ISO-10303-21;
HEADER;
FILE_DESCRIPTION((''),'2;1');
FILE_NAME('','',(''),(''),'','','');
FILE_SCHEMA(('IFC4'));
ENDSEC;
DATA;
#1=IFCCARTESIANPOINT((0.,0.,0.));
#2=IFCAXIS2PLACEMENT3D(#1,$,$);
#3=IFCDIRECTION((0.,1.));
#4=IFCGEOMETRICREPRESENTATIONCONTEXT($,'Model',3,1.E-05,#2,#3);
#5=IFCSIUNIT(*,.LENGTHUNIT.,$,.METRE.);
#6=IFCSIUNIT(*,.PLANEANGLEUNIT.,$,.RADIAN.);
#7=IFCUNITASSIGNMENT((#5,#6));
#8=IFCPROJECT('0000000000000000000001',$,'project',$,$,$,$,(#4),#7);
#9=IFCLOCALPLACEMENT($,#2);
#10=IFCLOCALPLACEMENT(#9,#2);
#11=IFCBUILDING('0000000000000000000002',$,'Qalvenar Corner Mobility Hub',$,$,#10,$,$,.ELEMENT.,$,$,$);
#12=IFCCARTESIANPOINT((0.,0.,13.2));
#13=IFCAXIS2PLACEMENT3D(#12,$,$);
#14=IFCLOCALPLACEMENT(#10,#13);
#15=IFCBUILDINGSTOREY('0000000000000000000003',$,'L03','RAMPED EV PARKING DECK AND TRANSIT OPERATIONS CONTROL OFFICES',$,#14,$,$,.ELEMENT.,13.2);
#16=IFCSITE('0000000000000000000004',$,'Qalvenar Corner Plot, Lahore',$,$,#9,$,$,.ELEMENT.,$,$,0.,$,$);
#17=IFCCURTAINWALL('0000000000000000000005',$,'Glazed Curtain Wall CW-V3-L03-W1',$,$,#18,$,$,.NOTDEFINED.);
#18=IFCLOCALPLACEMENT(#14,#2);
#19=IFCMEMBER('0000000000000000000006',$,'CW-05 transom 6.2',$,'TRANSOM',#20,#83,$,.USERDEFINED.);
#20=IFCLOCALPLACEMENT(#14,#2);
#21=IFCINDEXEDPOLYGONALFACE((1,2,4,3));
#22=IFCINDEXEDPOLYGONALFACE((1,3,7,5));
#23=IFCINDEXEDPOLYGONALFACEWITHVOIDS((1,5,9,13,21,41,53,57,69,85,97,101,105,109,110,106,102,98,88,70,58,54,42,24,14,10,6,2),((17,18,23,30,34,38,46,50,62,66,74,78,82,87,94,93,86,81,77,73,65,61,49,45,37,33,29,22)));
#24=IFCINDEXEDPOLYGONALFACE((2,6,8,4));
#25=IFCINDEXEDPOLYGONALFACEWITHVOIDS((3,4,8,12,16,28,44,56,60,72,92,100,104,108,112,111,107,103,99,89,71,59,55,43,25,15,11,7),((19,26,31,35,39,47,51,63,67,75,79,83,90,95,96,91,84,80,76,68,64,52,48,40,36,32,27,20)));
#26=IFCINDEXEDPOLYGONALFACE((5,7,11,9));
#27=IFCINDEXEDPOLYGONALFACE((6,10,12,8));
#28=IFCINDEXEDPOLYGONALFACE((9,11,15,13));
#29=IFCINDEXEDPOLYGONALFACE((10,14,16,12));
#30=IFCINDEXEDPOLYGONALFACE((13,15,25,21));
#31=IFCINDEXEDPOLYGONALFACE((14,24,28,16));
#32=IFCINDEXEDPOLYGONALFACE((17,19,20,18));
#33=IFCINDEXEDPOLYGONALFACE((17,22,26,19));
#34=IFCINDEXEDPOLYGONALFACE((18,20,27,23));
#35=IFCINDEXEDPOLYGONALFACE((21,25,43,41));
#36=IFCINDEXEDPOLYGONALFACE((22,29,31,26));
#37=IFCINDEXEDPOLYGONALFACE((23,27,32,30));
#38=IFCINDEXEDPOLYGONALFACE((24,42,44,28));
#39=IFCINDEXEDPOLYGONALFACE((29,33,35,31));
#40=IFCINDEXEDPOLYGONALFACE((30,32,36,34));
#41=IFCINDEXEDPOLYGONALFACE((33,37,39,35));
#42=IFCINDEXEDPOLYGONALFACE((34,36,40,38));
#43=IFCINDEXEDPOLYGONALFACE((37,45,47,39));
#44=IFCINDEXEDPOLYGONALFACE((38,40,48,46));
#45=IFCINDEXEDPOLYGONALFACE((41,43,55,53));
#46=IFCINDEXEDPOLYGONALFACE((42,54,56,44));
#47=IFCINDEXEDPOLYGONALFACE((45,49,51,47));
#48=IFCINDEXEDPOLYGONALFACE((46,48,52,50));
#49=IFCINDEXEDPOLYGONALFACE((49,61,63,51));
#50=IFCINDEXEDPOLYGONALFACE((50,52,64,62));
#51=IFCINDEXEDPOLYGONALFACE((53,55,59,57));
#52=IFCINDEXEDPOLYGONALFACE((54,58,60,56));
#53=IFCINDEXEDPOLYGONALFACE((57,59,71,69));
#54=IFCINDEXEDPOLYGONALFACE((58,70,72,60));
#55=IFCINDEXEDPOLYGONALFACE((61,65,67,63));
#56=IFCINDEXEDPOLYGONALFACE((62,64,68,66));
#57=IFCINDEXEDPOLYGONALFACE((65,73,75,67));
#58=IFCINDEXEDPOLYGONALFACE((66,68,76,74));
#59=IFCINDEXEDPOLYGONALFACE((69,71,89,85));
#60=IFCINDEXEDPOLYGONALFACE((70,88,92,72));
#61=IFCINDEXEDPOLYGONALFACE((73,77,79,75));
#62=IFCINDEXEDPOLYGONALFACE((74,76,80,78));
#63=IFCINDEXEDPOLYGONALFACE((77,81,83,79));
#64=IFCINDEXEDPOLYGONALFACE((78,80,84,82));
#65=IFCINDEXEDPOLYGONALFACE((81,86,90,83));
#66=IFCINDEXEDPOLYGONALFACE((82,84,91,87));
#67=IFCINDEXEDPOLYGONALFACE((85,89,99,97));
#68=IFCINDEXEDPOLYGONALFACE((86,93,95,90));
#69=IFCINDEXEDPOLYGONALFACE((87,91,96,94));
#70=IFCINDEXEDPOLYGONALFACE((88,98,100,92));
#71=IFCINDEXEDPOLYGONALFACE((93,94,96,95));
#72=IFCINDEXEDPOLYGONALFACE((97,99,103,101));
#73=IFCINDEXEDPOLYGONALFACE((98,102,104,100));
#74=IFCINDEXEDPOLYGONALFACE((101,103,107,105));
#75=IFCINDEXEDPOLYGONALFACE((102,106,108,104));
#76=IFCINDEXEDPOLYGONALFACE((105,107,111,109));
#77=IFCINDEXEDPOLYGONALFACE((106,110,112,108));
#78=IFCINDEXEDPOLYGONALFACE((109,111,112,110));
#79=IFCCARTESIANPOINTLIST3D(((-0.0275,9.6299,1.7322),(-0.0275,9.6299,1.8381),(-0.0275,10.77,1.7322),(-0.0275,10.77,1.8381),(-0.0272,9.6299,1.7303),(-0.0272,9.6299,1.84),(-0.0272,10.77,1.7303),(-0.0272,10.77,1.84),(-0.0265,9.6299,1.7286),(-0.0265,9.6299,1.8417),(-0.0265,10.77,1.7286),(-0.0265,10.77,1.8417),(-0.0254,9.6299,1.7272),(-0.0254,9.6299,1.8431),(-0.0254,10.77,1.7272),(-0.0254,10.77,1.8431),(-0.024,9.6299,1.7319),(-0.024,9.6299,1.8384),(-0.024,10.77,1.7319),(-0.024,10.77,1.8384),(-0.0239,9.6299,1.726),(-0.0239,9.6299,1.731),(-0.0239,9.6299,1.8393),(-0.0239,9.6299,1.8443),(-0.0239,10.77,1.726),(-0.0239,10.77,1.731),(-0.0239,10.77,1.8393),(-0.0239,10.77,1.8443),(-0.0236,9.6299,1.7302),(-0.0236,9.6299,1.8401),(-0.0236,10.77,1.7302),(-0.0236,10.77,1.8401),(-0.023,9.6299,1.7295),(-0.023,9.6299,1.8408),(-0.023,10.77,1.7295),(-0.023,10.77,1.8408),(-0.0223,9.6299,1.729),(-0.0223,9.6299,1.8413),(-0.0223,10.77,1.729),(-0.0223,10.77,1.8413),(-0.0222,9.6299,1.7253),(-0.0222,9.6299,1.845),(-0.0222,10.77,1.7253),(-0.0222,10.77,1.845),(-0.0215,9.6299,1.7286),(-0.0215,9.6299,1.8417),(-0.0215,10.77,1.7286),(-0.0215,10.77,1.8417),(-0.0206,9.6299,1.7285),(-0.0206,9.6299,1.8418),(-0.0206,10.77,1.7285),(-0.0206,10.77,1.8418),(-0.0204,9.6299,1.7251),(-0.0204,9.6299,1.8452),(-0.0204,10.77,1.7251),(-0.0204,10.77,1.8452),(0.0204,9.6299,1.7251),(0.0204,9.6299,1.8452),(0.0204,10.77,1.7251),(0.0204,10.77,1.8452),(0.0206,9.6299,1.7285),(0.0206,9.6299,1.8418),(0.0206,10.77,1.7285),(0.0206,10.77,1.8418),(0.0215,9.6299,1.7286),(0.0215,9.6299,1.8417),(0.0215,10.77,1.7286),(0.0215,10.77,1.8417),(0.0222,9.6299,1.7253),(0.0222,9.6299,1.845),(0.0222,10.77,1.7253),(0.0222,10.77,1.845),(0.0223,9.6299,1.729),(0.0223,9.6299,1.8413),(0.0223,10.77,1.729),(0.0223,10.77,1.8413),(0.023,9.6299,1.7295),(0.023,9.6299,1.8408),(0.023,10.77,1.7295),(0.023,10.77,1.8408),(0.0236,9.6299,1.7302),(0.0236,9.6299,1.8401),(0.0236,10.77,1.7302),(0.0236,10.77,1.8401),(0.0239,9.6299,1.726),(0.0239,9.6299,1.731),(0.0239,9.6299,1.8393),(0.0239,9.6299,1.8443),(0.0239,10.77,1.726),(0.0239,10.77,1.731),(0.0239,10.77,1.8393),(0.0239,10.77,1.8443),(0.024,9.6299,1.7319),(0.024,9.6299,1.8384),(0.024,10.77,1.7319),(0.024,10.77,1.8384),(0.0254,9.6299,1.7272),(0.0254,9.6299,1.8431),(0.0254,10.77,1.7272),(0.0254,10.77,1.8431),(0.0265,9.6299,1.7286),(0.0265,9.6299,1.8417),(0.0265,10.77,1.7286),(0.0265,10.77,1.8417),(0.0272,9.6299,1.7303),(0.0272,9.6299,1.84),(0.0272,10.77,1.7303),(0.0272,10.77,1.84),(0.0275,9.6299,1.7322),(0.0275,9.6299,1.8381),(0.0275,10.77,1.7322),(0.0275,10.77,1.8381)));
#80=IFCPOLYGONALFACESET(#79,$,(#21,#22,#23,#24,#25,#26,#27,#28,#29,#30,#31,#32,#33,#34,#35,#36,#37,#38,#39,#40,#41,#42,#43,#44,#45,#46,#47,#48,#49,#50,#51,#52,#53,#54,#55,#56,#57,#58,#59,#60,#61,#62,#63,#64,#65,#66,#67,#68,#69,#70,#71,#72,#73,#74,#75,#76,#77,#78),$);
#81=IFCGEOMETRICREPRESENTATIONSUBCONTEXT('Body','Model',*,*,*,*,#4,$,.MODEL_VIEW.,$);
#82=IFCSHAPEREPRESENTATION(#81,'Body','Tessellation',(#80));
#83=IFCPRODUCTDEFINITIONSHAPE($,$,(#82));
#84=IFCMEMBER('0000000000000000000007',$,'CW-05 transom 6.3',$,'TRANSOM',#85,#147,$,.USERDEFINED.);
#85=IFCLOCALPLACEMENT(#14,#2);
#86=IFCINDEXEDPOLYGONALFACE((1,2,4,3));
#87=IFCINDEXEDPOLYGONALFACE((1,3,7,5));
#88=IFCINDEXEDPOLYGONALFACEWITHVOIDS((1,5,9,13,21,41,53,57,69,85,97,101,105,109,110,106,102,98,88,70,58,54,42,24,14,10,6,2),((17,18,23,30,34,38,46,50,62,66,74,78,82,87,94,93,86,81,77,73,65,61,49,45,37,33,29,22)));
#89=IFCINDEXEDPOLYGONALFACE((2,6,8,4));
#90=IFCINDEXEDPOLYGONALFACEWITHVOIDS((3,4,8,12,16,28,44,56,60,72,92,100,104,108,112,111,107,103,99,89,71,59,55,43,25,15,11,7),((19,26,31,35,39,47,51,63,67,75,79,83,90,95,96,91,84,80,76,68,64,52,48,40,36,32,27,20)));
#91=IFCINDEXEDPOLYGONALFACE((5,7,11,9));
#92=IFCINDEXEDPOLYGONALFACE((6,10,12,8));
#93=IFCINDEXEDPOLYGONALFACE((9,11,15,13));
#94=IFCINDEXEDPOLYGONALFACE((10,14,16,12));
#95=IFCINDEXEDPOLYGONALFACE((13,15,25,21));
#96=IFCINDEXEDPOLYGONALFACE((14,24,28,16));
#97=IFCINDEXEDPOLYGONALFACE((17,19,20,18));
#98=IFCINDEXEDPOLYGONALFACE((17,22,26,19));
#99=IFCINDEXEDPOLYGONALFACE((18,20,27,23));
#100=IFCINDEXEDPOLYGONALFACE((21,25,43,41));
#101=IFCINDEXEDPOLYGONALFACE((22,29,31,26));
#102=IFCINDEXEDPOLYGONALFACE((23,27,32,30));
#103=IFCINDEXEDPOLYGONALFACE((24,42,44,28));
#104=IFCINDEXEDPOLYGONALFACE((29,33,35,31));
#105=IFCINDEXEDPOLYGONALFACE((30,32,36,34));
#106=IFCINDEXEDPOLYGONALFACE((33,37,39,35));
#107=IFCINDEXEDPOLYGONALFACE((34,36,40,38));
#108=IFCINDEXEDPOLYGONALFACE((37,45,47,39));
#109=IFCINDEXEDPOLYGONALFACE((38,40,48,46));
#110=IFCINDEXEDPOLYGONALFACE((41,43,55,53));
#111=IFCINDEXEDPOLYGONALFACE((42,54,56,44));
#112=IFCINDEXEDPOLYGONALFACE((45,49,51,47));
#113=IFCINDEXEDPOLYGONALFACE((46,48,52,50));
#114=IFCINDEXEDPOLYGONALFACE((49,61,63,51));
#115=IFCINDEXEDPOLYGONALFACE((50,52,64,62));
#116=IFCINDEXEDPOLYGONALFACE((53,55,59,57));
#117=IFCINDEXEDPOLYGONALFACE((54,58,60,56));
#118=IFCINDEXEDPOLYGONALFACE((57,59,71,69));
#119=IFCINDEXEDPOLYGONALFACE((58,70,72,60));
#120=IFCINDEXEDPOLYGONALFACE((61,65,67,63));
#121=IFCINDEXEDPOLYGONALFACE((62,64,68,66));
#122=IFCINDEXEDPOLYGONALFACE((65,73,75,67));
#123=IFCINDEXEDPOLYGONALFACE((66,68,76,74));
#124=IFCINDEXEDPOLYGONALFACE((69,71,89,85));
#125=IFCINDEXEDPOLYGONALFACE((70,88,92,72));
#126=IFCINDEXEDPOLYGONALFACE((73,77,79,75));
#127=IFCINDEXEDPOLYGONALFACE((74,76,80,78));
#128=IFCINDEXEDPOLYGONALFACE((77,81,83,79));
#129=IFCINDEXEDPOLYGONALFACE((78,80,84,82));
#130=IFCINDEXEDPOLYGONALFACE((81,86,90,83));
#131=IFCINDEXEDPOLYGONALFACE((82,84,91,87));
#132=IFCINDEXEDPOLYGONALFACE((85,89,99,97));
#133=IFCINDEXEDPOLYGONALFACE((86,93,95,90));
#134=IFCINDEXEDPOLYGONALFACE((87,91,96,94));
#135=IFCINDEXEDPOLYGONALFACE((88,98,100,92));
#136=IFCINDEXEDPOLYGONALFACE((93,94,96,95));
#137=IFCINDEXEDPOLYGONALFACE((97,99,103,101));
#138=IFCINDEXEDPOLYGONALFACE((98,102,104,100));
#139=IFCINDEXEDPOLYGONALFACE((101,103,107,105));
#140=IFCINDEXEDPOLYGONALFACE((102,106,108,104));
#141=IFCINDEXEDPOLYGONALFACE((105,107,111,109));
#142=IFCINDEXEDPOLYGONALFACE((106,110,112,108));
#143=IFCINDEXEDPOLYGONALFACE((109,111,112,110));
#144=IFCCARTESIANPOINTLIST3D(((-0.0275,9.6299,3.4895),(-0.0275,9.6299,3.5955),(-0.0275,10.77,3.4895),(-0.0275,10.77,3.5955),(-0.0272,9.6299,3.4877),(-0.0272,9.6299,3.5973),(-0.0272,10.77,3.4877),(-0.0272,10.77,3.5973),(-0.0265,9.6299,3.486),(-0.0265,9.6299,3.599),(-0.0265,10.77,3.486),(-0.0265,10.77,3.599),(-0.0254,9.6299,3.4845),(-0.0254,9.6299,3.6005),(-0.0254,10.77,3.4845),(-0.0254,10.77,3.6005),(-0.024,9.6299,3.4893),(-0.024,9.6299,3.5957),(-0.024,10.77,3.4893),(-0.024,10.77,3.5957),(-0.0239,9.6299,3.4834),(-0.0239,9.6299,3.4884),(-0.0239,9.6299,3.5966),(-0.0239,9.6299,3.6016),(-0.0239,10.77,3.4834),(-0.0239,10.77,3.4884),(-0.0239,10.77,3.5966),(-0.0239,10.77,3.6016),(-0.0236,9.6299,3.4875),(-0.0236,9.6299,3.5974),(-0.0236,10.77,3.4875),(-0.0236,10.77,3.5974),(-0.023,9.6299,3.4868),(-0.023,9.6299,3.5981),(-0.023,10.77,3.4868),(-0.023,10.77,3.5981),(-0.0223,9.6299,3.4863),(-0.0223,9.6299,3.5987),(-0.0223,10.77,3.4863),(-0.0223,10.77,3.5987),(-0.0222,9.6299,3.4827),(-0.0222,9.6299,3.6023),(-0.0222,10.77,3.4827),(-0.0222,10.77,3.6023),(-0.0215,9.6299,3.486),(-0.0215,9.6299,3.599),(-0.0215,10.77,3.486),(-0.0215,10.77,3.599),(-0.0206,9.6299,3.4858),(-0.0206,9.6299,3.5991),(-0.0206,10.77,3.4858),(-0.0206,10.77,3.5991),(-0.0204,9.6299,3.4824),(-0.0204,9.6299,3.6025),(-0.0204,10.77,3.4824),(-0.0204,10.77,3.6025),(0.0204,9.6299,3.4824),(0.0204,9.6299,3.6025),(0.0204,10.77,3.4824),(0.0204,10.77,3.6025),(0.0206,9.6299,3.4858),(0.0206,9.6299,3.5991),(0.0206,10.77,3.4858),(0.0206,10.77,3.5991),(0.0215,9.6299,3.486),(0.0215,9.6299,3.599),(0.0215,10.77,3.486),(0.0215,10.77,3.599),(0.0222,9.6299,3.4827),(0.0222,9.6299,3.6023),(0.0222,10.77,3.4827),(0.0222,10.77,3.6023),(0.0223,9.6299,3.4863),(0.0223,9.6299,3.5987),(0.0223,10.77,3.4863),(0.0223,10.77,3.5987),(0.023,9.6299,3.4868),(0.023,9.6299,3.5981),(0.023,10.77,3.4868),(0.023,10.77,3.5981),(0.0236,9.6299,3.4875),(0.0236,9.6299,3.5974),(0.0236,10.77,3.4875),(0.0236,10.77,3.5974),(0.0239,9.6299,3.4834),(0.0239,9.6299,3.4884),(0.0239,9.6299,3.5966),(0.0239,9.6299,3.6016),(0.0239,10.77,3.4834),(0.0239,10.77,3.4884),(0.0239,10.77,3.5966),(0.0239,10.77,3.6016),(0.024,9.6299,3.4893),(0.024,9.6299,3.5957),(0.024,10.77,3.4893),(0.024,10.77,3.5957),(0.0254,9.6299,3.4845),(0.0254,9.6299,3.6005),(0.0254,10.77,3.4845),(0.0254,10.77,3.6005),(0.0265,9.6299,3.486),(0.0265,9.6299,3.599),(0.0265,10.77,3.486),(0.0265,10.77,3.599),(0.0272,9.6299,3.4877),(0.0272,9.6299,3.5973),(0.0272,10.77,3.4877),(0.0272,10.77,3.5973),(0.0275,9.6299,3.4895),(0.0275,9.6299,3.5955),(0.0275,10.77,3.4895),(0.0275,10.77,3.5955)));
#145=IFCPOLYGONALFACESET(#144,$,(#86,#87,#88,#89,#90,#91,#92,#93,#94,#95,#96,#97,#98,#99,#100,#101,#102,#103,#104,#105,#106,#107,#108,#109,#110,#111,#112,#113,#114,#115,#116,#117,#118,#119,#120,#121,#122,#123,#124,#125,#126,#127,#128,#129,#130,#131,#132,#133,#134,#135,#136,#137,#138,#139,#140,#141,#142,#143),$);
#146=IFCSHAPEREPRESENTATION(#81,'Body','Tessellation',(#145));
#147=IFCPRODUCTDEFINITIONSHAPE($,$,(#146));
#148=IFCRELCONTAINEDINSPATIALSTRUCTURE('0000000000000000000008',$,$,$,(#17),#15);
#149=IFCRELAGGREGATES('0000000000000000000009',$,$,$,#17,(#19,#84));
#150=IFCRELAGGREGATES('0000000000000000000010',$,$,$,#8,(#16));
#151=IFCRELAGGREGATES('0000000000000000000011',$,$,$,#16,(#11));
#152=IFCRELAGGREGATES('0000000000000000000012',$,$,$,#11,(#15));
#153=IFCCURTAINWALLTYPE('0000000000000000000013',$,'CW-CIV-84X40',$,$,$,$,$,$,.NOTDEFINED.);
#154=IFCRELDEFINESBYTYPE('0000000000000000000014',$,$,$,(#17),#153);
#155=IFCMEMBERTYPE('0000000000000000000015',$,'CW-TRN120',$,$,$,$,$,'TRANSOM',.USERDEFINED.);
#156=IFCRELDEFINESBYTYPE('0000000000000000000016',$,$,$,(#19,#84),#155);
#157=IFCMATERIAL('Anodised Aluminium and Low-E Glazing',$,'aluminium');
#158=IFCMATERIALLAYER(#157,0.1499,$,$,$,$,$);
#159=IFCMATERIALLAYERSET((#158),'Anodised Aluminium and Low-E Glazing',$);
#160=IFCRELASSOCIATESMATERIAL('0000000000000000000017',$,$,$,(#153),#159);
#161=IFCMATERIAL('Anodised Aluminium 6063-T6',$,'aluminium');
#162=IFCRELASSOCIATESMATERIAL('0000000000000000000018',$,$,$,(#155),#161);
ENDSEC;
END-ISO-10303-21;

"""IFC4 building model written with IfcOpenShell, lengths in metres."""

from ifc_helpers import new_model, si_unit, direction, frame, origin, origin_2d, place, context, subcontext, project, spatial, hollow_rectangle, extrude, material, layer, layer_set, material_profile, profile_set, type_object, element, aggregate, save


model = new_model("IFC4")

# Units and contexts
model_context = context("Model", 3, precision=1e-05, world=origin(), true_north=direction((0.0, 1.0)))
body_context = subcontext(model_context, "Body", "Model", "MODEL_VIEW")
ifc_project = project(units=[si_unit("LENGTHUNIT", "METRE"), si_unit("PLANEANGLEUNIT", "RADIAN")], contexts=[model_context])

# Site, building, storey
site_placement = place(None, origin())
site = spatial("IfcSite", under=ifc_project, at=site_placement, Name="Qalvenar Corner Plot, Lahore", CompositionType="ELEMENT", RefElevation=0.0)
building_placement = place(site_placement, origin())
building = spatial("IfcBuilding", under=site, at=building_placement, Name="Qalvenar Corner Mobility Hub", CompositionType="ELEMENT")
storey_placement = place(building_placement, frame((0.0, 0.0, 13.2)))
storey = spatial("IfcBuildingStorey", under=building, at=storey_placement, Name="L03", Description="RAMPED EV PARKING DECK AND TRANSIT OPERATIONS CONTROL OFFICES", CompositionType="ELEMENT", Elevation=13.2)

# Curtain wall, members
ifc_material_1 = material(Name="Anodised Aluminium and Low-E Glazing", Category="aluminium")
ifc_layer_1 = layer(ifc_material_1, 0.1499)
ifc_layer_set_1 = layer_set([ifc_layer_1], Name="Anodised Aluminium and Low-E Glazing")
curtain_wall_type = type_object("IfcCurtainWallType", Name="CW-CIV-84X40", PredefinedType="NOTDEFINED", material=ifc_layer_set_1)
curtain_wall_placement = place(storey_placement, origin())
curtain_wall = element("IfcCurtainWall", 1, at=curtain_wall_placement, inside=storey, type_object=curtain_wall_type, Name="Glazed Curtain Wall CW-V3-L03-W1", PredefinedType="NOTDEFINED")
ifc_material_2 = material(Name="Anodised Aluminium 6063-T6", Category="aluminium")
ifc_material_profile_1 = material_profile(ifc_material_2, hollow_rectangle(XDim=0.0549, YDim=0.1201, WallThickness=0.0034, InnerFilletRadius=0.0034, OuterFilletRadius=0.0071, at=origin_2d()), Name="RHS120x55x3.5")
ifc_profile_set_1 = profile_set([ifc_material_profile_1], Name="Anodised Aluminium 6063-T6")
member_type_1 = type_object("IfcMemberType", Name="CW-TRN120", ElementType="TRANSOM", PredefinedType="USERDEFINED", material=ifc_profile_set_1)
member_1_placement = place(storey_placement, frame((0.0, 10.77, 1.7852), z_axis=(0.0, -1.0, 0.0), x_axis=(1.0, 0.0, 0.0)))
member_1 = element("IfcMember", 2, at=member_1_placement, type_object=member_type_1, Name="CW-05 transom 6.2", ObjectType="TRANSOM", PredefinedType="USERDEFINED", context=body_context, shape_type="SweptSolid", body=[
    extrude(hollow_rectangle(XDim=0.0549, YDim=0.1201, WallThickness=0.0034, InnerFilletRadius=0.0034, OuterFilletRadius=0.0071, at=origin_2d()), origin(), (0.0, 0.0, 1.0), 1.1401),
])
member_2_placement = place(storey_placement, frame((0.0, 10.77, 3.5425), z_axis=(0.0, -1.0, 0.0), x_axis=(1.0, 0.0, 0.0)))
member_2 = element("IfcMember", 3, at=member_2_placement, type_object=member_type_1, Name="CW-05 transom 6.3", ObjectType="TRANSOM", PredefinedType="USERDEFINED", context=body_context, shape_type="SweptSolid", body=[
    extrude(hollow_rectangle(XDim=0.0549, YDim=0.1201, WallThickness=0.0034, InnerFilletRadius=0.0034, OuterFilletRadius=0.0071, at=origin_2d()), origin(), (0.0, 0.0, 1.0), 1.1401),
])
aggregate(curtain_wall, [member_1, member_2])

save(model, "model.ifc")
